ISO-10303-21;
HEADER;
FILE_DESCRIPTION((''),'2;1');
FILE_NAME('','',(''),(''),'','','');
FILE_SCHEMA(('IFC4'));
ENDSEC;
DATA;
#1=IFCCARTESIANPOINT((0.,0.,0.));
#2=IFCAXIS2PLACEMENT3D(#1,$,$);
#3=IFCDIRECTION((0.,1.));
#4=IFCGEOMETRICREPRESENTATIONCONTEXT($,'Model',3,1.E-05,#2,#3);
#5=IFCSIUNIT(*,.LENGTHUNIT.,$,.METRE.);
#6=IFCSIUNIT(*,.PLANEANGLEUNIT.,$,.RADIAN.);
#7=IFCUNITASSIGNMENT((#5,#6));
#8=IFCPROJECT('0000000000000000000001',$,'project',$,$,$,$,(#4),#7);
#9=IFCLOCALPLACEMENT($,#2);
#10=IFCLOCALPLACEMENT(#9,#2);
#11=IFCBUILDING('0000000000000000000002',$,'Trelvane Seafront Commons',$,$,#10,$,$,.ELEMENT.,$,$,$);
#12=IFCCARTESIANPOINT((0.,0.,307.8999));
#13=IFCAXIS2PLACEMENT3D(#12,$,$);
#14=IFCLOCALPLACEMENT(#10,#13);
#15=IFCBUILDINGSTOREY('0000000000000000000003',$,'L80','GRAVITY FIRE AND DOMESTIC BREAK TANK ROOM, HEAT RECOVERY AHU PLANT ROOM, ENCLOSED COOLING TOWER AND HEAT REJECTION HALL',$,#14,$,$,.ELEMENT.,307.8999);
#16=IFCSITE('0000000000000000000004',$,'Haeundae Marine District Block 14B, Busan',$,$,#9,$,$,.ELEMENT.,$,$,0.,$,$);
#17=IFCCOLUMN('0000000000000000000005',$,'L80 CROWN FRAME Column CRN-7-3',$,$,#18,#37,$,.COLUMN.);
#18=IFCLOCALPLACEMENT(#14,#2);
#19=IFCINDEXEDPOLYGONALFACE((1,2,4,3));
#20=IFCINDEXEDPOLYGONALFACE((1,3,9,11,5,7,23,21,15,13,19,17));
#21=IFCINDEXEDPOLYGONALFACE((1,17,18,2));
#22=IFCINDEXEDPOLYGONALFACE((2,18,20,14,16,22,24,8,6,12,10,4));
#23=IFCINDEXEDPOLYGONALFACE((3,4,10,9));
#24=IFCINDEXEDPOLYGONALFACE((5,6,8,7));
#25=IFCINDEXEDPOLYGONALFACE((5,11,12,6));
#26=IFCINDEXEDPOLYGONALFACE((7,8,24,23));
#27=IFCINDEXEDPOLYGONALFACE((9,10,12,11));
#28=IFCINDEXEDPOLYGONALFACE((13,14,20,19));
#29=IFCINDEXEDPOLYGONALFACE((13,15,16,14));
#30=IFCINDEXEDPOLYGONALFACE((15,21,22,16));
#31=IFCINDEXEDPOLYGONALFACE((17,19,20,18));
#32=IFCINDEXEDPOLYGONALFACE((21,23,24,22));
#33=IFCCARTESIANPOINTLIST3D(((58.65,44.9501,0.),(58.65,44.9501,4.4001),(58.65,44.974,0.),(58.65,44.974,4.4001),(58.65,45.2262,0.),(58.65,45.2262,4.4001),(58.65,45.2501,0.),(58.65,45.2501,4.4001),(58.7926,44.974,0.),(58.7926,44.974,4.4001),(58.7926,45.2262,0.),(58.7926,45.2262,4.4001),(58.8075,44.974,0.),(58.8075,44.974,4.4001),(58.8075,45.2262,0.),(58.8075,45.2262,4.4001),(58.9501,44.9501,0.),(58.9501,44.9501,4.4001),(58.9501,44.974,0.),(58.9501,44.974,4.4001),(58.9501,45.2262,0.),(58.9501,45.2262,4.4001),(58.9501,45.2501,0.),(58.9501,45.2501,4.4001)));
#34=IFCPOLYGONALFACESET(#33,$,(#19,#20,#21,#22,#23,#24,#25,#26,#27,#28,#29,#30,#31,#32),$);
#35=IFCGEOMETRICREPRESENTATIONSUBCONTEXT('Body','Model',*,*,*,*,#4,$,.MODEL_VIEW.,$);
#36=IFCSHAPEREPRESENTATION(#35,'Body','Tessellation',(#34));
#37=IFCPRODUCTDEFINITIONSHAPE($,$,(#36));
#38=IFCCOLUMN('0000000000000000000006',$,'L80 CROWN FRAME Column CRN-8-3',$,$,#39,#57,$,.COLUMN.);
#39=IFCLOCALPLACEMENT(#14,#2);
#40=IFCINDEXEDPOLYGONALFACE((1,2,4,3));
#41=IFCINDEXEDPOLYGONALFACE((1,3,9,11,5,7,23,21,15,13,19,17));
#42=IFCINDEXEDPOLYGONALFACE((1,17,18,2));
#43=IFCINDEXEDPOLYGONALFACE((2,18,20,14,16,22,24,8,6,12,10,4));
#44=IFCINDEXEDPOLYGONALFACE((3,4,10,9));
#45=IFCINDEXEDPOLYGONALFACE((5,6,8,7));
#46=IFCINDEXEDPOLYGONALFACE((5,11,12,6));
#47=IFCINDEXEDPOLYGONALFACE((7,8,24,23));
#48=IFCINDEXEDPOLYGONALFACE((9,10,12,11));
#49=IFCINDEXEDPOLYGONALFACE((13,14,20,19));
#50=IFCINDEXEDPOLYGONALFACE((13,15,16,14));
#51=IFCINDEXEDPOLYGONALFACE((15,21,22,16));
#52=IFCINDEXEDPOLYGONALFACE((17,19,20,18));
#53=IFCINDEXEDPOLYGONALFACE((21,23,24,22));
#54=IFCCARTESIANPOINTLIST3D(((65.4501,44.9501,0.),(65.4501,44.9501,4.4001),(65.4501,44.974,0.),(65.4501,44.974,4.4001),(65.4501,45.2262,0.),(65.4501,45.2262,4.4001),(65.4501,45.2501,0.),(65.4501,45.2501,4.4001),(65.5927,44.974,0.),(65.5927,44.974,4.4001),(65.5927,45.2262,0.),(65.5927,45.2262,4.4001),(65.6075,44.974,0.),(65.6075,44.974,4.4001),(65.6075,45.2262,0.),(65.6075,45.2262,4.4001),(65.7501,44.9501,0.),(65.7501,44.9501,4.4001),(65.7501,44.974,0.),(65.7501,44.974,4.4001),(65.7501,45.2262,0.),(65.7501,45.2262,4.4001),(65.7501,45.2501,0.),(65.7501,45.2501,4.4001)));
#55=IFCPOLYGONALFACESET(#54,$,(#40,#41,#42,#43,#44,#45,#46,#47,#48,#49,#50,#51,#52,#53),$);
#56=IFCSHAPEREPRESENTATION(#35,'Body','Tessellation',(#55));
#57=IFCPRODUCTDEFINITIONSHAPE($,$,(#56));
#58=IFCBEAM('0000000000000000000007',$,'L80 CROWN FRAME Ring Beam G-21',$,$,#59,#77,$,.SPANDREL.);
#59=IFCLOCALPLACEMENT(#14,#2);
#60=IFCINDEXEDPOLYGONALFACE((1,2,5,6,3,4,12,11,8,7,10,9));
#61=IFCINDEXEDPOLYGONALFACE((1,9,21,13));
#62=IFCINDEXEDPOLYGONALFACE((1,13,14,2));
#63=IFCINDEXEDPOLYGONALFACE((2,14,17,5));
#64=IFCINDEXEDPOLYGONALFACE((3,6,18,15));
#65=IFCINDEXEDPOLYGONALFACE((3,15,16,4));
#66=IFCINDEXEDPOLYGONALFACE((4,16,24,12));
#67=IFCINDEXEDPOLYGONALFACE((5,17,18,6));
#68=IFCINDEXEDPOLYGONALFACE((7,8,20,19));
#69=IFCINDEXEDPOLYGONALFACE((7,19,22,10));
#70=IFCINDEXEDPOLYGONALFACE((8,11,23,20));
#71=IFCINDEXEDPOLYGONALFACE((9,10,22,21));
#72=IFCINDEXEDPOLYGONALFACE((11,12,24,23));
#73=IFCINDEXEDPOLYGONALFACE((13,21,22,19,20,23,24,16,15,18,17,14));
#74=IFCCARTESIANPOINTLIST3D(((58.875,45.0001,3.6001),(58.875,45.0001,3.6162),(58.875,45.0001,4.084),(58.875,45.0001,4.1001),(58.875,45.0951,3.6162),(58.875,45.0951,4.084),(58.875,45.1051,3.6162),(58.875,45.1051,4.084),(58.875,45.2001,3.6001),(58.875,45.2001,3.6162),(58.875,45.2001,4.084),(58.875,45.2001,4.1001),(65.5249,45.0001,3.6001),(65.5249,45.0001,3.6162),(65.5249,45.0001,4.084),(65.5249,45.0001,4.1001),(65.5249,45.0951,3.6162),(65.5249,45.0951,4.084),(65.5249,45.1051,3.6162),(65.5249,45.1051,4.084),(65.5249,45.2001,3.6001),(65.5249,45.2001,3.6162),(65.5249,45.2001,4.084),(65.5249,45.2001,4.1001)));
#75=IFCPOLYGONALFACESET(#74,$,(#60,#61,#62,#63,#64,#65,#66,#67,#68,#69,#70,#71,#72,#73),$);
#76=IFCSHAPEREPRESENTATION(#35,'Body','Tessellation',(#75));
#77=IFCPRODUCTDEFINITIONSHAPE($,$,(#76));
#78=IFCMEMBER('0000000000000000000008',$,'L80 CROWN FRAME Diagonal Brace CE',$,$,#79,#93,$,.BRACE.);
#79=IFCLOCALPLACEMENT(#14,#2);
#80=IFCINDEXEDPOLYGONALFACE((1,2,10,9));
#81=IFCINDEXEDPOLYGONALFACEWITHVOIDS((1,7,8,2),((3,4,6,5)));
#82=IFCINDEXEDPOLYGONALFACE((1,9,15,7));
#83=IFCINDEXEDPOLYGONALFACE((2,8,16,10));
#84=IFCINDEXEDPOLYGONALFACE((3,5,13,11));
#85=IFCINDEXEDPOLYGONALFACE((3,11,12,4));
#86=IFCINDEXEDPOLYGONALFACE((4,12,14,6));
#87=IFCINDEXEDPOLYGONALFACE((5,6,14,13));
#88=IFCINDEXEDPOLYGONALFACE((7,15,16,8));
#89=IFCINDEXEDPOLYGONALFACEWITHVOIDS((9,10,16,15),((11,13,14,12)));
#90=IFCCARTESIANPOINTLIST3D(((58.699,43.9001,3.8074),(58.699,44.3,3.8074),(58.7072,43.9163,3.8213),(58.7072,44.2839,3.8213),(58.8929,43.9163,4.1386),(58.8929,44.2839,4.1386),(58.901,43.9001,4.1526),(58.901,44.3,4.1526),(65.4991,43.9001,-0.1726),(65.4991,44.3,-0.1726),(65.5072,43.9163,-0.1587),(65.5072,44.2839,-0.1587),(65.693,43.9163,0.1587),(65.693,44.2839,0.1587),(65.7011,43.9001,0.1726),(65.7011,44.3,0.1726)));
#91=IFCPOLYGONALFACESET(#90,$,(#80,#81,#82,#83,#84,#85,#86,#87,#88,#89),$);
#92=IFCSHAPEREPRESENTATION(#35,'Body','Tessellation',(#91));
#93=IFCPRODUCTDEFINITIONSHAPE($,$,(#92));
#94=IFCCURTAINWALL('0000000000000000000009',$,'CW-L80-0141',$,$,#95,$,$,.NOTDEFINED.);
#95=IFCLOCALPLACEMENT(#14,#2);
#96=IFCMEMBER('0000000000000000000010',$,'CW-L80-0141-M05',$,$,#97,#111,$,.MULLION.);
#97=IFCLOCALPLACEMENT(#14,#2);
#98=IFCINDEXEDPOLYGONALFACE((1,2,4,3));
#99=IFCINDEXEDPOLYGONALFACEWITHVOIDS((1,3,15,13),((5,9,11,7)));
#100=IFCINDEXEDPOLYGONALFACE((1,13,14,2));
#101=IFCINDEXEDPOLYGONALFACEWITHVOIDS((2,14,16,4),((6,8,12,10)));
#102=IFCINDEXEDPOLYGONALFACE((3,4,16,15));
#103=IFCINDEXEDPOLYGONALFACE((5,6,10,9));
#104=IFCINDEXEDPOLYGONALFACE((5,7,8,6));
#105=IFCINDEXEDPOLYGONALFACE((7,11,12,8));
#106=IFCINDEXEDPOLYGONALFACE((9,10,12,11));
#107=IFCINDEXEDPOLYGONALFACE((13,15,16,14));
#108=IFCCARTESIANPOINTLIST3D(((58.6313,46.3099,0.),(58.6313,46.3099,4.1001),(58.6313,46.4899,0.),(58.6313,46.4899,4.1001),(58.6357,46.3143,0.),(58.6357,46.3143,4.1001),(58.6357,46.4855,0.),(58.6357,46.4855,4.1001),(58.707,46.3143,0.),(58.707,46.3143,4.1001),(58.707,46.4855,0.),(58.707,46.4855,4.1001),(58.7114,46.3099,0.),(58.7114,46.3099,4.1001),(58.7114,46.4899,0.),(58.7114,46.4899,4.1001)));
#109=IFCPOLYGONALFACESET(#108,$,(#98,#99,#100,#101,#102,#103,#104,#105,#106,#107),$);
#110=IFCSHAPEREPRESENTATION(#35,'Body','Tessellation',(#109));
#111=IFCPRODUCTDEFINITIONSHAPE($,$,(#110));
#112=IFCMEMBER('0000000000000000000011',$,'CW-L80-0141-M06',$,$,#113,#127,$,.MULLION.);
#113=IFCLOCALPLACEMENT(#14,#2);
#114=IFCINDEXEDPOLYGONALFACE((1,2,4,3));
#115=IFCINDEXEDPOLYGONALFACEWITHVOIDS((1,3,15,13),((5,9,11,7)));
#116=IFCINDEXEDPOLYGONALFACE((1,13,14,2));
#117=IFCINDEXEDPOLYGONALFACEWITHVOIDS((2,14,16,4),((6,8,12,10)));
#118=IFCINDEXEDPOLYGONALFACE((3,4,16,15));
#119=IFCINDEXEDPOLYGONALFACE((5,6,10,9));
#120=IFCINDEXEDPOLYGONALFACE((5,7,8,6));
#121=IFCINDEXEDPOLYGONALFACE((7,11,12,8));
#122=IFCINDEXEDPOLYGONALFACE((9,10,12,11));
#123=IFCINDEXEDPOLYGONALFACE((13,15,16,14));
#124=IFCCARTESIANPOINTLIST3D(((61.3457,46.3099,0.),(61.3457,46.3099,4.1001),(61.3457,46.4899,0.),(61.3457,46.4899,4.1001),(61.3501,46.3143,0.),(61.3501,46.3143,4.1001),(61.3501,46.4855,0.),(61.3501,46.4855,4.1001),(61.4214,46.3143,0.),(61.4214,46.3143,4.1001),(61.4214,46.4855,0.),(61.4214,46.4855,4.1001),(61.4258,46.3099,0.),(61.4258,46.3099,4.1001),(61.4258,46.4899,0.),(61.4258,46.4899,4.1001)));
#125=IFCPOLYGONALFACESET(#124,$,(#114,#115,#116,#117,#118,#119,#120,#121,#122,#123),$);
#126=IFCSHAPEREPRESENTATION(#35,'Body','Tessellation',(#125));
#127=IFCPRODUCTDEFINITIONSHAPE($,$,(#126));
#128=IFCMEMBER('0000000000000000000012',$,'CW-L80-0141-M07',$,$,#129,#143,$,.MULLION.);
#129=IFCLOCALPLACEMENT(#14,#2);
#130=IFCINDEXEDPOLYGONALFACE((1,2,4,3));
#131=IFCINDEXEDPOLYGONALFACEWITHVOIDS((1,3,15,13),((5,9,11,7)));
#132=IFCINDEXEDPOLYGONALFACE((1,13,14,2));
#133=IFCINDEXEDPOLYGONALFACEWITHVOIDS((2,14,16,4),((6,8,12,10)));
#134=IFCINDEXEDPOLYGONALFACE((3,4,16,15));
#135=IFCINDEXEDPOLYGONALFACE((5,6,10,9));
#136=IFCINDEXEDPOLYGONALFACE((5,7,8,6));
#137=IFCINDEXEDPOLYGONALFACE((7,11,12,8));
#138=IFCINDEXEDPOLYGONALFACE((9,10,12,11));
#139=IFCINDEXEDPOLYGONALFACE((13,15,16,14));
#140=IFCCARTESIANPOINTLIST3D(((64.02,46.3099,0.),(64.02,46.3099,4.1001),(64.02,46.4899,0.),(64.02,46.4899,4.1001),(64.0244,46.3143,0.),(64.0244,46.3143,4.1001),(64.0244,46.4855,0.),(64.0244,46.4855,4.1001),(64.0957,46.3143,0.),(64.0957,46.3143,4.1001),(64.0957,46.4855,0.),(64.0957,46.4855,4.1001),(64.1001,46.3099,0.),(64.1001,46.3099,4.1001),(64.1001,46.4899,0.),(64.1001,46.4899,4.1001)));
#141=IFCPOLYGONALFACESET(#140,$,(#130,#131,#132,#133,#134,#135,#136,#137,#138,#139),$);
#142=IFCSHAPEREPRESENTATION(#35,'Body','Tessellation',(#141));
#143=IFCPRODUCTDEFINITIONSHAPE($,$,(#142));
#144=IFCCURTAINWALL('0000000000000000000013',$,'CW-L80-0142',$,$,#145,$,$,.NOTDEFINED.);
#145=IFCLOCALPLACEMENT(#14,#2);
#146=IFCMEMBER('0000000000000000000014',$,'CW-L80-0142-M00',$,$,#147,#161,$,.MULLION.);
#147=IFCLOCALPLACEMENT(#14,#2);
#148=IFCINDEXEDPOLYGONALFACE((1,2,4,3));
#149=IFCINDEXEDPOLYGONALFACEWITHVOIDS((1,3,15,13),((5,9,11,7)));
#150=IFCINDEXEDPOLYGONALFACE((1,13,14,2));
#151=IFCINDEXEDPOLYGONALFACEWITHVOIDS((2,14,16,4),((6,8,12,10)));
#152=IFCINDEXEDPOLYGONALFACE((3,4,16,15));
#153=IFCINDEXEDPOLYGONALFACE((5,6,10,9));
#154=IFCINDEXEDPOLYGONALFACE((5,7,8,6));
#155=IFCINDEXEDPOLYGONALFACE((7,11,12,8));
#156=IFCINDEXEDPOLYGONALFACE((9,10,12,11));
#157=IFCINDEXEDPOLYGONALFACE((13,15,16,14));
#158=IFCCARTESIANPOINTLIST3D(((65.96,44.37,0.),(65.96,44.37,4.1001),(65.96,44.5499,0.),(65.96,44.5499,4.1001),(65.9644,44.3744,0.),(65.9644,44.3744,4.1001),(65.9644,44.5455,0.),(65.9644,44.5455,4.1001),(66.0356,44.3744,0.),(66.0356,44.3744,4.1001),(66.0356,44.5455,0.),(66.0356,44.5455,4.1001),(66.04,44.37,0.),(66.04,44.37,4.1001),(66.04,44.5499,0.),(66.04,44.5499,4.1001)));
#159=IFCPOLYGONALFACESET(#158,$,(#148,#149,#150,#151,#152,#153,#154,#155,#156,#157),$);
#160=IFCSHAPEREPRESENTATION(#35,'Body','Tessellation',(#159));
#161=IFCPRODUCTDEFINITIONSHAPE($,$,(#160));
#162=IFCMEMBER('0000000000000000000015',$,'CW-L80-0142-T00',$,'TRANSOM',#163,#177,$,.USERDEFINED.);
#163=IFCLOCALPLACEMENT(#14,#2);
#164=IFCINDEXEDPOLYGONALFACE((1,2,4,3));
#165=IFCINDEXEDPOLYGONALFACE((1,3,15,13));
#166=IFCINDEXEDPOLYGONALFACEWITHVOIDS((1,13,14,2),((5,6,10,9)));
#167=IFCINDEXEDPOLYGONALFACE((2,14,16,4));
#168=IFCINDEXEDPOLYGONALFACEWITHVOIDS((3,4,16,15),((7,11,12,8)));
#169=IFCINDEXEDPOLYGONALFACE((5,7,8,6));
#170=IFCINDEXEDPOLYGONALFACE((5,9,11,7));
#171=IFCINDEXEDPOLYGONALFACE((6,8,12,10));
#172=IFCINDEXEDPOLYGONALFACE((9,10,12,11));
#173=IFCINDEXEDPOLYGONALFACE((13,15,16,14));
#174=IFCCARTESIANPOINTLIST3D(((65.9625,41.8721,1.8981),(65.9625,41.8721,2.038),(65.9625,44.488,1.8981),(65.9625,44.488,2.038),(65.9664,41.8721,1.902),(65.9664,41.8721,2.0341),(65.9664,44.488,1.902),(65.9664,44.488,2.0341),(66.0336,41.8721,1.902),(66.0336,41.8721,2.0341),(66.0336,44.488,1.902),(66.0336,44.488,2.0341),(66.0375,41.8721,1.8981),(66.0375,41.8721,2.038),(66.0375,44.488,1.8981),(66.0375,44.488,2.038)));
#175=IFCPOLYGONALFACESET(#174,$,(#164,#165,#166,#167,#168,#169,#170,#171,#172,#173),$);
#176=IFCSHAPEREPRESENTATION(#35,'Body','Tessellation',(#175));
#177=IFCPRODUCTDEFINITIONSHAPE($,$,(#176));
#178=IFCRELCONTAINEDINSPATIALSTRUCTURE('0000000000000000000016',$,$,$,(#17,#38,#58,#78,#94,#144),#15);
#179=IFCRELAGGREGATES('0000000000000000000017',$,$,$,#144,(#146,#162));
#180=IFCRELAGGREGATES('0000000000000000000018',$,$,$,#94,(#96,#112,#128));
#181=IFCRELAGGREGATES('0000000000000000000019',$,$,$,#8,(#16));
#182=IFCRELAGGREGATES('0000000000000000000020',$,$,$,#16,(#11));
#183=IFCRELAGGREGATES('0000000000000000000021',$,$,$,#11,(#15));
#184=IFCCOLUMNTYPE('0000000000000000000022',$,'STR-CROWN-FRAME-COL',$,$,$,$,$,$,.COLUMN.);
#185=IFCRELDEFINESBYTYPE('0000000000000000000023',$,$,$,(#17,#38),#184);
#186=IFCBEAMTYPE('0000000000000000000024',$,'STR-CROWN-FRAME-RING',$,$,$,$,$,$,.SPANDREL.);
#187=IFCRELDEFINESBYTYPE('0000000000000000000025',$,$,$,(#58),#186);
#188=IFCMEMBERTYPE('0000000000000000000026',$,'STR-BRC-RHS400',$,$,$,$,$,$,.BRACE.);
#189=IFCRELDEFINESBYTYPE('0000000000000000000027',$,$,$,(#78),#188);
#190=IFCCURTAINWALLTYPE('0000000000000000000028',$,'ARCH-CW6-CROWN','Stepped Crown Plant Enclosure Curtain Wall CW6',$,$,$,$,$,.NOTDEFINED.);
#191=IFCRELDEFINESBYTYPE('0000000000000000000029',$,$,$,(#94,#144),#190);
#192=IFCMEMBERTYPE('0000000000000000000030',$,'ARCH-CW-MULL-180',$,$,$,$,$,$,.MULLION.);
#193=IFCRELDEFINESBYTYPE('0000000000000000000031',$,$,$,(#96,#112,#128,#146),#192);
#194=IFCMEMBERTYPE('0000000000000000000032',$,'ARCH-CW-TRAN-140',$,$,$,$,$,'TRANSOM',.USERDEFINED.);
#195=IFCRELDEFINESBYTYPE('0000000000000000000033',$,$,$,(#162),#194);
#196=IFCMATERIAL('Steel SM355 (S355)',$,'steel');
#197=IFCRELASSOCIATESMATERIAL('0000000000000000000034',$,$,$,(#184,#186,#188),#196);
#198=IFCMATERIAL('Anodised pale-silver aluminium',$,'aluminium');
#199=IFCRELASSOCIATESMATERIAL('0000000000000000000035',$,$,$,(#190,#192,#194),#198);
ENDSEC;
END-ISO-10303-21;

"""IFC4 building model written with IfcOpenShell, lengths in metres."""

from ifc_helpers import new_model, si_unit, direction, frame, origin, origin_2d, place, context, subcontext, project, spatial, hollow_rectangle, i_section, extrude, source, transform, mapped, material, material_profile, profile_set, type_object, element, aggregate, save


model = new_model("IFC4")

# Units and contexts
model_context = context("Model", 3, precision=1e-05, world=origin(), true_north=direction((0.0, 1.0)))
body_context = subcontext(model_context, "Body", "Model", "MODEL_VIEW")
ifc_project = project(units=[si_unit("LENGTHUNIT", "METRE"), si_unit("PLANEANGLEUNIT", "RADIAN")], contexts=[model_context])

# Site, building, storey
site_placement = place(None, origin())
site = spatial("IfcSite", under=ifc_project, at=site_placement, Name="Haeundae Marine District Block 14B, Busan", CompositionType="ELEMENT", RefElevation=0.0)
building_placement = place(site_placement, origin())
building = spatial("IfcBuilding", under=site, at=building_placement, Name="Trelvane Seafront Commons", CompositionType="ELEMENT")
storey_placement = place(building_placement, frame((0.0, 0.0, 307.8999)))
storey = spatial("IfcBuildingStorey", under=building, at=storey_placement, Name="L80", Description="GRAVITY FIRE AND DOMESTIC BREAK TANK ROOM, HEAT RECOVERY AHU PLANT ROOM, ENCLOSED COOLING TOWER AND HEAT REJECTION HALL", CompositionType="ELEMENT", Elevation=307.8999)

# Columns
ifc_material_1 = material(Name="Steel SM355 (S355)", Category="steel")
ifc_material_profile_1 = material_profile(ifc_material_1, i_section(OverallWidth=0.3, OverallDepth=0.3, WebThickness=0.0149, FlangeThickness=0.0239, at=origin_2d()), Name="HD-300x300x15x24")
ifc_profile_set_1 = profile_set([ifc_material_profile_1], Name="Steel SM355 (S355)")
column_type = type_object("IfcColumnType", Name="STR-CROWN-FRAME-COL", PredefinedType="COLUMN", material=ifc_profile_set_1)
shared_shape_1 = source(origin(), body_context, "Body", "SweptSolid", [
    extrude(i_section(OverallWidth=0.3, OverallDepth=0.3, WebThickness=0.0149, FlangeThickness=0.0239, at=origin_2d()), origin(), (0.0, 0.0, 1.0), 4.4001),
])
for number, where, z_axis, x_axis, name in (
    (1, (58.8, 45.1001, 0.0), (0.0, 0.0, 1.0), (1.0, 0.0, 0.0), "L80 CROWN FRAME Column CRN-7-3"),
    (2, (65.6001, 45.1001, 0.0), (0.0, 0.0, 1.0), (1.0, 0.0, 0.0), "L80 CROWN FRAME Column CRN-8-3"),
):
    element("IfcColumn", number, at=place(storey_placement, frame(where, z_axis=z_axis, x_axis=x_axis)), inside=storey, type_object=column_type, Name=name, PredefinedType="COLUMN", context=body_context, shape_type="MappedRepresentation", body=[
        mapped(shared_shape_1, transform((0.0, 0.0, 0.0), x_axis=(1.0, 0.0, 0.0), y_axis=(0.0, 1.0, 0.0), z_axis=(0.0, 0.0, 1.0), scale=1.0)),
    ])

# Beam
ifc_material_profile_2 = material_profile(ifc_material_1, i_section(OverallWidth=0.2, OverallDepth=0.5, WebThickness=0.01, FlangeThickness=0.0161, at=origin_2d()), Name="H-500x200x10x16")
ifc_profile_set_2 = profile_set([ifc_material_profile_2], Name="Steel SM355 (S355)")
beam_type = type_object("IfcBeamType", Name="STR-CROWN-FRAME-RING", PredefinedType="SPANDREL", material=ifc_profile_set_2)
shared_shape_2 = source(origin(), body_context, "Body", "SweptSolid", [
    extrude(i_section(OverallWidth=0.2, OverallDepth=0.5, WebThickness=0.01, FlangeThickness=0.0161, at=origin_2d()), origin(), (0.0, 0.0, 1.0), 6.6499),
])
beam_placement = place(storey_placement, frame((58.875, 45.1001, 3.8501), z_axis=(1.0, 0.0, 0.0), x_axis=(0.0, 1.0, 0.0)))
element("IfcBeam", 3, at=beam_placement, inside=storey, type_object=beam_type, Name="L80 CROWN FRAME Ring Beam G-21", PredefinedType="SPANDREL", context=body_context, shape_type="MappedRepresentation", body=[
    mapped(shared_shape_2, transform((0.0, 0.0, 0.0), x_axis=(1.0, 0.0, 0.0), y_axis=(0.0, 1.0, 0.0), z_axis=(0.0, 0.0, 1.0), scale=1.0)),
])

# Member
ifc_material_profile_3 = material_profile(ifc_material_1, hollow_rectangle(XDim=0.3999, YDim=0.3999, WallThickness=0.0161, at=origin_2d()), Name="RHS-400x400x16")
ifc_profile_set_3 = profile_set([ifc_material_profile_3], Name="Steel SM355 (S355)")
member_type_1 = type_object("IfcMemberType", Name="STR-BRC-RHS400", PredefinedType="BRACE", material=ifc_profile_set_3)
shared_shape_3 = source(origin(), body_context, "Body", "SweptSolid", [
    extrude(hollow_rectangle(XDim=0.3999, YDim=0.3999, WallThickness=0.0161, at=origin_2d()), origin(), (0.0, 0.0, 1.0), 7.8792),
])
member_1_placement = place(storey_placement, frame((65.6001, 44.1001, 0.0), z_axis=(-0.863044, 0.0, 0.505129), x_axis=(0.0, -1.0, 0.0)))
element("IfcMember", 4, at=member_1_placement, inside=storey, type_object=member_type_1, Name="L80 CROWN FRAME Diagonal Brace CE", PredefinedType="BRACE", context=body_context, shape_type="MappedRepresentation", body=[
    mapped(shared_shape_3, transform((0.0, 0.0, 0.0), x_axis=(1.0, 0.0, 0.0), y_axis=(0.0, 1.0, 0.0), z_axis=(0.0, 0.0, 1.0), scale=1.0)),
])

# Curtain walls, members
ifc_material_2 = material(Name="Anodised pale-silver aluminium", Category="aluminium")
curtain_wall_type = type_object("IfcCurtainWallType", Name="ARCH-CW6-CROWN", Description="Stepped Crown Plant Enclosure Curtain Wall CW6", PredefinedType="NOTDEFINED", material=ifc_material_2)
curtain_wall_1_placement = place(storey_placement, origin())
curtain_wall_1 = element("IfcCurtainWall", 5, at=curtain_wall_1_placement, inside=storey, type_object=curtain_wall_type, Name="CW-L80-0141", PredefinedType="NOTDEFINED")
ifc_material_profile_4 = material_profile(ifc_material_2, hollow_rectangle(XDim=0.0801, YDim=0.1799, WallThickness=0.0044, at=origin_2d()), Name="MULL-80x180x4.5")
ifc_profile_set_4 = profile_set([ifc_material_profile_4], Name="Anodised pale-silver aluminium")
member_type_2 = type_object("IfcMemberType", Name="ARCH-CW-MULL-180", PredefinedType="MULLION", material=ifc_profile_set_4)
shared_shape_4 = source(origin(), body_context, "Body", "SweptSolid", [
    extrude(hollow_rectangle(XDim=0.0801, YDim=0.1799, WallThickness=0.0044, at=origin_2d()), origin(), (0.0, 0.0, 1.0), 4.1001),
])
member_2_placement = place(storey_placement, frame((58.6714, 46.3999, 0.0), z_axis=(0.0, 0.0, 1.0), x_axis=(1.0, 0.0, 0.0)))
member_2 = element("IfcMember", 6, at=member_2_placement, type_object=member_type_2, Name="CW-L80-0141-M05", PredefinedType="MULLION", context=body_context, shape_type="MappedRepresentation", body=[
    mapped(shared_shape_4, transform((0.0, 0.0, 0.0), x_axis=(1.0, 0.0, 0.0), y_axis=(0.0, 1.0, 0.0), z_axis=(0.0, 0.0, 1.0), scale=1.0)),
])
member_3_placement = place(storey_placement, frame((61.3857, 46.3999, 0.0), z_axis=(0.0, 0.0, 1.0), x_axis=(1.0, 0.0, 0.0)))
member_3 = element("IfcMember", 7, at=member_3_placement, type_object=member_type_2, Name="CW-L80-0141-M06", PredefinedType="MULLION", context=body_context, shape_type="MappedRepresentation", body=[
    mapped(shared_shape_4, transform((0.0, 0.0, 0.0), x_axis=(1.0, 0.0, 0.0), y_axis=(0.0, 1.0, 0.0), z_axis=(0.0, 0.0, 1.0), scale=1.0)),
])
member_4_placement = place(storey_placement, frame((64.0601, 46.3999, 0.0), z_axis=(0.0, 0.0, 1.0), x_axis=(1.0, 0.0, 0.0)))
member_4 = element("IfcMember", 8, at=member_4_placement, type_object=member_type_2, Name="CW-L80-0141-M07", PredefinedType="MULLION", context=body_context, shape_type="MappedRepresentation", body=[
    mapped(shared_shape_4, transform((0.0, 0.0, 0.0), x_axis=(1.0, 0.0, 0.0), y_axis=(0.0, 1.0, 0.0), z_axis=(0.0, 0.0, 1.0), scale=1.0)),
])
curtain_wall_2_placement = place(storey_placement, origin())
curtain_wall_2 = element("IfcCurtainWall", 9, at=curtain_wall_2_placement, inside=storey, type_object=curtain_wall_type, Name="CW-L80-0142", PredefinedType="NOTDEFINED")
member_5_placement = place(storey_placement, frame((66.0, 44.46, 0.0), z_axis=(0.0, 0.0, 1.0), x_axis=(1.0, 0.0, 0.0)))
member_5 = element("IfcMember", 10, at=member_5_placement, type_object=member_type_2, Name="CW-L80-0142-M00", PredefinedType="MULLION", context=body_context, shape_type="MappedRepresentation", body=[
    mapped(shared_shape_4, transform((0.0, 0.0, 0.0), x_axis=(1.0, 0.0, 0.0), y_axis=(0.0, 1.0, 0.0), z_axis=(0.0, 0.0, 1.0), scale=1.0)),
])
ifc_material_profile_5 = material_profile(ifc_material_2, hollow_rectangle(XDim=0.075, YDim=0.1399, WallThickness=0.0039, at=origin_2d()), Name="TRAN-75x140x4")
ifc_profile_set_5 = profile_set([ifc_material_profile_5], Name="Anodised pale-silver aluminium")
member_type_3 = type_object("IfcMemberType", Name="ARCH-CW-TRAN-140", ElementType="TRANSOM", PredefinedType="USERDEFINED", material=ifc_profile_set_5)
shared_shape_5 = source(origin(), body_context, "Body", "SweptSolid", [
    extrude(hollow_rectangle(XDim=0.075, YDim=0.1399, WallThickness=0.0039, at=origin_2d()), origin(), (0.0, 0.0, 1.0), 2.616),
])
member_6_placement = place(storey_placement, frame((66.0, 44.488, 1.968), z_axis=(0.0, -1.0, 0.0), x_axis=(1.0, 0.0, 0.0)))
member_6 = element("IfcMember", 11, at=member_6_placement, type_object=member_type_3, Name="CW-L80-0142-T00", ObjectType="TRANSOM", PredefinedType="USERDEFINED", context=body_context, shape_type="MappedRepresentation", body=[
    mapped(shared_shape_5, transform((0.0, 0.0, 0.0), x_axis=(1.0, 0.0, 0.0), y_axis=(0.0, 1.0, 0.0), z_axis=(0.0, 0.0, 1.0), scale=1.0)),
])
aggregate(curtain_wall_2, [member_5, member_6])

aggregate(curtain_wall_1, [member_2, member_3, member_4])

save(model, "model.ifc")
